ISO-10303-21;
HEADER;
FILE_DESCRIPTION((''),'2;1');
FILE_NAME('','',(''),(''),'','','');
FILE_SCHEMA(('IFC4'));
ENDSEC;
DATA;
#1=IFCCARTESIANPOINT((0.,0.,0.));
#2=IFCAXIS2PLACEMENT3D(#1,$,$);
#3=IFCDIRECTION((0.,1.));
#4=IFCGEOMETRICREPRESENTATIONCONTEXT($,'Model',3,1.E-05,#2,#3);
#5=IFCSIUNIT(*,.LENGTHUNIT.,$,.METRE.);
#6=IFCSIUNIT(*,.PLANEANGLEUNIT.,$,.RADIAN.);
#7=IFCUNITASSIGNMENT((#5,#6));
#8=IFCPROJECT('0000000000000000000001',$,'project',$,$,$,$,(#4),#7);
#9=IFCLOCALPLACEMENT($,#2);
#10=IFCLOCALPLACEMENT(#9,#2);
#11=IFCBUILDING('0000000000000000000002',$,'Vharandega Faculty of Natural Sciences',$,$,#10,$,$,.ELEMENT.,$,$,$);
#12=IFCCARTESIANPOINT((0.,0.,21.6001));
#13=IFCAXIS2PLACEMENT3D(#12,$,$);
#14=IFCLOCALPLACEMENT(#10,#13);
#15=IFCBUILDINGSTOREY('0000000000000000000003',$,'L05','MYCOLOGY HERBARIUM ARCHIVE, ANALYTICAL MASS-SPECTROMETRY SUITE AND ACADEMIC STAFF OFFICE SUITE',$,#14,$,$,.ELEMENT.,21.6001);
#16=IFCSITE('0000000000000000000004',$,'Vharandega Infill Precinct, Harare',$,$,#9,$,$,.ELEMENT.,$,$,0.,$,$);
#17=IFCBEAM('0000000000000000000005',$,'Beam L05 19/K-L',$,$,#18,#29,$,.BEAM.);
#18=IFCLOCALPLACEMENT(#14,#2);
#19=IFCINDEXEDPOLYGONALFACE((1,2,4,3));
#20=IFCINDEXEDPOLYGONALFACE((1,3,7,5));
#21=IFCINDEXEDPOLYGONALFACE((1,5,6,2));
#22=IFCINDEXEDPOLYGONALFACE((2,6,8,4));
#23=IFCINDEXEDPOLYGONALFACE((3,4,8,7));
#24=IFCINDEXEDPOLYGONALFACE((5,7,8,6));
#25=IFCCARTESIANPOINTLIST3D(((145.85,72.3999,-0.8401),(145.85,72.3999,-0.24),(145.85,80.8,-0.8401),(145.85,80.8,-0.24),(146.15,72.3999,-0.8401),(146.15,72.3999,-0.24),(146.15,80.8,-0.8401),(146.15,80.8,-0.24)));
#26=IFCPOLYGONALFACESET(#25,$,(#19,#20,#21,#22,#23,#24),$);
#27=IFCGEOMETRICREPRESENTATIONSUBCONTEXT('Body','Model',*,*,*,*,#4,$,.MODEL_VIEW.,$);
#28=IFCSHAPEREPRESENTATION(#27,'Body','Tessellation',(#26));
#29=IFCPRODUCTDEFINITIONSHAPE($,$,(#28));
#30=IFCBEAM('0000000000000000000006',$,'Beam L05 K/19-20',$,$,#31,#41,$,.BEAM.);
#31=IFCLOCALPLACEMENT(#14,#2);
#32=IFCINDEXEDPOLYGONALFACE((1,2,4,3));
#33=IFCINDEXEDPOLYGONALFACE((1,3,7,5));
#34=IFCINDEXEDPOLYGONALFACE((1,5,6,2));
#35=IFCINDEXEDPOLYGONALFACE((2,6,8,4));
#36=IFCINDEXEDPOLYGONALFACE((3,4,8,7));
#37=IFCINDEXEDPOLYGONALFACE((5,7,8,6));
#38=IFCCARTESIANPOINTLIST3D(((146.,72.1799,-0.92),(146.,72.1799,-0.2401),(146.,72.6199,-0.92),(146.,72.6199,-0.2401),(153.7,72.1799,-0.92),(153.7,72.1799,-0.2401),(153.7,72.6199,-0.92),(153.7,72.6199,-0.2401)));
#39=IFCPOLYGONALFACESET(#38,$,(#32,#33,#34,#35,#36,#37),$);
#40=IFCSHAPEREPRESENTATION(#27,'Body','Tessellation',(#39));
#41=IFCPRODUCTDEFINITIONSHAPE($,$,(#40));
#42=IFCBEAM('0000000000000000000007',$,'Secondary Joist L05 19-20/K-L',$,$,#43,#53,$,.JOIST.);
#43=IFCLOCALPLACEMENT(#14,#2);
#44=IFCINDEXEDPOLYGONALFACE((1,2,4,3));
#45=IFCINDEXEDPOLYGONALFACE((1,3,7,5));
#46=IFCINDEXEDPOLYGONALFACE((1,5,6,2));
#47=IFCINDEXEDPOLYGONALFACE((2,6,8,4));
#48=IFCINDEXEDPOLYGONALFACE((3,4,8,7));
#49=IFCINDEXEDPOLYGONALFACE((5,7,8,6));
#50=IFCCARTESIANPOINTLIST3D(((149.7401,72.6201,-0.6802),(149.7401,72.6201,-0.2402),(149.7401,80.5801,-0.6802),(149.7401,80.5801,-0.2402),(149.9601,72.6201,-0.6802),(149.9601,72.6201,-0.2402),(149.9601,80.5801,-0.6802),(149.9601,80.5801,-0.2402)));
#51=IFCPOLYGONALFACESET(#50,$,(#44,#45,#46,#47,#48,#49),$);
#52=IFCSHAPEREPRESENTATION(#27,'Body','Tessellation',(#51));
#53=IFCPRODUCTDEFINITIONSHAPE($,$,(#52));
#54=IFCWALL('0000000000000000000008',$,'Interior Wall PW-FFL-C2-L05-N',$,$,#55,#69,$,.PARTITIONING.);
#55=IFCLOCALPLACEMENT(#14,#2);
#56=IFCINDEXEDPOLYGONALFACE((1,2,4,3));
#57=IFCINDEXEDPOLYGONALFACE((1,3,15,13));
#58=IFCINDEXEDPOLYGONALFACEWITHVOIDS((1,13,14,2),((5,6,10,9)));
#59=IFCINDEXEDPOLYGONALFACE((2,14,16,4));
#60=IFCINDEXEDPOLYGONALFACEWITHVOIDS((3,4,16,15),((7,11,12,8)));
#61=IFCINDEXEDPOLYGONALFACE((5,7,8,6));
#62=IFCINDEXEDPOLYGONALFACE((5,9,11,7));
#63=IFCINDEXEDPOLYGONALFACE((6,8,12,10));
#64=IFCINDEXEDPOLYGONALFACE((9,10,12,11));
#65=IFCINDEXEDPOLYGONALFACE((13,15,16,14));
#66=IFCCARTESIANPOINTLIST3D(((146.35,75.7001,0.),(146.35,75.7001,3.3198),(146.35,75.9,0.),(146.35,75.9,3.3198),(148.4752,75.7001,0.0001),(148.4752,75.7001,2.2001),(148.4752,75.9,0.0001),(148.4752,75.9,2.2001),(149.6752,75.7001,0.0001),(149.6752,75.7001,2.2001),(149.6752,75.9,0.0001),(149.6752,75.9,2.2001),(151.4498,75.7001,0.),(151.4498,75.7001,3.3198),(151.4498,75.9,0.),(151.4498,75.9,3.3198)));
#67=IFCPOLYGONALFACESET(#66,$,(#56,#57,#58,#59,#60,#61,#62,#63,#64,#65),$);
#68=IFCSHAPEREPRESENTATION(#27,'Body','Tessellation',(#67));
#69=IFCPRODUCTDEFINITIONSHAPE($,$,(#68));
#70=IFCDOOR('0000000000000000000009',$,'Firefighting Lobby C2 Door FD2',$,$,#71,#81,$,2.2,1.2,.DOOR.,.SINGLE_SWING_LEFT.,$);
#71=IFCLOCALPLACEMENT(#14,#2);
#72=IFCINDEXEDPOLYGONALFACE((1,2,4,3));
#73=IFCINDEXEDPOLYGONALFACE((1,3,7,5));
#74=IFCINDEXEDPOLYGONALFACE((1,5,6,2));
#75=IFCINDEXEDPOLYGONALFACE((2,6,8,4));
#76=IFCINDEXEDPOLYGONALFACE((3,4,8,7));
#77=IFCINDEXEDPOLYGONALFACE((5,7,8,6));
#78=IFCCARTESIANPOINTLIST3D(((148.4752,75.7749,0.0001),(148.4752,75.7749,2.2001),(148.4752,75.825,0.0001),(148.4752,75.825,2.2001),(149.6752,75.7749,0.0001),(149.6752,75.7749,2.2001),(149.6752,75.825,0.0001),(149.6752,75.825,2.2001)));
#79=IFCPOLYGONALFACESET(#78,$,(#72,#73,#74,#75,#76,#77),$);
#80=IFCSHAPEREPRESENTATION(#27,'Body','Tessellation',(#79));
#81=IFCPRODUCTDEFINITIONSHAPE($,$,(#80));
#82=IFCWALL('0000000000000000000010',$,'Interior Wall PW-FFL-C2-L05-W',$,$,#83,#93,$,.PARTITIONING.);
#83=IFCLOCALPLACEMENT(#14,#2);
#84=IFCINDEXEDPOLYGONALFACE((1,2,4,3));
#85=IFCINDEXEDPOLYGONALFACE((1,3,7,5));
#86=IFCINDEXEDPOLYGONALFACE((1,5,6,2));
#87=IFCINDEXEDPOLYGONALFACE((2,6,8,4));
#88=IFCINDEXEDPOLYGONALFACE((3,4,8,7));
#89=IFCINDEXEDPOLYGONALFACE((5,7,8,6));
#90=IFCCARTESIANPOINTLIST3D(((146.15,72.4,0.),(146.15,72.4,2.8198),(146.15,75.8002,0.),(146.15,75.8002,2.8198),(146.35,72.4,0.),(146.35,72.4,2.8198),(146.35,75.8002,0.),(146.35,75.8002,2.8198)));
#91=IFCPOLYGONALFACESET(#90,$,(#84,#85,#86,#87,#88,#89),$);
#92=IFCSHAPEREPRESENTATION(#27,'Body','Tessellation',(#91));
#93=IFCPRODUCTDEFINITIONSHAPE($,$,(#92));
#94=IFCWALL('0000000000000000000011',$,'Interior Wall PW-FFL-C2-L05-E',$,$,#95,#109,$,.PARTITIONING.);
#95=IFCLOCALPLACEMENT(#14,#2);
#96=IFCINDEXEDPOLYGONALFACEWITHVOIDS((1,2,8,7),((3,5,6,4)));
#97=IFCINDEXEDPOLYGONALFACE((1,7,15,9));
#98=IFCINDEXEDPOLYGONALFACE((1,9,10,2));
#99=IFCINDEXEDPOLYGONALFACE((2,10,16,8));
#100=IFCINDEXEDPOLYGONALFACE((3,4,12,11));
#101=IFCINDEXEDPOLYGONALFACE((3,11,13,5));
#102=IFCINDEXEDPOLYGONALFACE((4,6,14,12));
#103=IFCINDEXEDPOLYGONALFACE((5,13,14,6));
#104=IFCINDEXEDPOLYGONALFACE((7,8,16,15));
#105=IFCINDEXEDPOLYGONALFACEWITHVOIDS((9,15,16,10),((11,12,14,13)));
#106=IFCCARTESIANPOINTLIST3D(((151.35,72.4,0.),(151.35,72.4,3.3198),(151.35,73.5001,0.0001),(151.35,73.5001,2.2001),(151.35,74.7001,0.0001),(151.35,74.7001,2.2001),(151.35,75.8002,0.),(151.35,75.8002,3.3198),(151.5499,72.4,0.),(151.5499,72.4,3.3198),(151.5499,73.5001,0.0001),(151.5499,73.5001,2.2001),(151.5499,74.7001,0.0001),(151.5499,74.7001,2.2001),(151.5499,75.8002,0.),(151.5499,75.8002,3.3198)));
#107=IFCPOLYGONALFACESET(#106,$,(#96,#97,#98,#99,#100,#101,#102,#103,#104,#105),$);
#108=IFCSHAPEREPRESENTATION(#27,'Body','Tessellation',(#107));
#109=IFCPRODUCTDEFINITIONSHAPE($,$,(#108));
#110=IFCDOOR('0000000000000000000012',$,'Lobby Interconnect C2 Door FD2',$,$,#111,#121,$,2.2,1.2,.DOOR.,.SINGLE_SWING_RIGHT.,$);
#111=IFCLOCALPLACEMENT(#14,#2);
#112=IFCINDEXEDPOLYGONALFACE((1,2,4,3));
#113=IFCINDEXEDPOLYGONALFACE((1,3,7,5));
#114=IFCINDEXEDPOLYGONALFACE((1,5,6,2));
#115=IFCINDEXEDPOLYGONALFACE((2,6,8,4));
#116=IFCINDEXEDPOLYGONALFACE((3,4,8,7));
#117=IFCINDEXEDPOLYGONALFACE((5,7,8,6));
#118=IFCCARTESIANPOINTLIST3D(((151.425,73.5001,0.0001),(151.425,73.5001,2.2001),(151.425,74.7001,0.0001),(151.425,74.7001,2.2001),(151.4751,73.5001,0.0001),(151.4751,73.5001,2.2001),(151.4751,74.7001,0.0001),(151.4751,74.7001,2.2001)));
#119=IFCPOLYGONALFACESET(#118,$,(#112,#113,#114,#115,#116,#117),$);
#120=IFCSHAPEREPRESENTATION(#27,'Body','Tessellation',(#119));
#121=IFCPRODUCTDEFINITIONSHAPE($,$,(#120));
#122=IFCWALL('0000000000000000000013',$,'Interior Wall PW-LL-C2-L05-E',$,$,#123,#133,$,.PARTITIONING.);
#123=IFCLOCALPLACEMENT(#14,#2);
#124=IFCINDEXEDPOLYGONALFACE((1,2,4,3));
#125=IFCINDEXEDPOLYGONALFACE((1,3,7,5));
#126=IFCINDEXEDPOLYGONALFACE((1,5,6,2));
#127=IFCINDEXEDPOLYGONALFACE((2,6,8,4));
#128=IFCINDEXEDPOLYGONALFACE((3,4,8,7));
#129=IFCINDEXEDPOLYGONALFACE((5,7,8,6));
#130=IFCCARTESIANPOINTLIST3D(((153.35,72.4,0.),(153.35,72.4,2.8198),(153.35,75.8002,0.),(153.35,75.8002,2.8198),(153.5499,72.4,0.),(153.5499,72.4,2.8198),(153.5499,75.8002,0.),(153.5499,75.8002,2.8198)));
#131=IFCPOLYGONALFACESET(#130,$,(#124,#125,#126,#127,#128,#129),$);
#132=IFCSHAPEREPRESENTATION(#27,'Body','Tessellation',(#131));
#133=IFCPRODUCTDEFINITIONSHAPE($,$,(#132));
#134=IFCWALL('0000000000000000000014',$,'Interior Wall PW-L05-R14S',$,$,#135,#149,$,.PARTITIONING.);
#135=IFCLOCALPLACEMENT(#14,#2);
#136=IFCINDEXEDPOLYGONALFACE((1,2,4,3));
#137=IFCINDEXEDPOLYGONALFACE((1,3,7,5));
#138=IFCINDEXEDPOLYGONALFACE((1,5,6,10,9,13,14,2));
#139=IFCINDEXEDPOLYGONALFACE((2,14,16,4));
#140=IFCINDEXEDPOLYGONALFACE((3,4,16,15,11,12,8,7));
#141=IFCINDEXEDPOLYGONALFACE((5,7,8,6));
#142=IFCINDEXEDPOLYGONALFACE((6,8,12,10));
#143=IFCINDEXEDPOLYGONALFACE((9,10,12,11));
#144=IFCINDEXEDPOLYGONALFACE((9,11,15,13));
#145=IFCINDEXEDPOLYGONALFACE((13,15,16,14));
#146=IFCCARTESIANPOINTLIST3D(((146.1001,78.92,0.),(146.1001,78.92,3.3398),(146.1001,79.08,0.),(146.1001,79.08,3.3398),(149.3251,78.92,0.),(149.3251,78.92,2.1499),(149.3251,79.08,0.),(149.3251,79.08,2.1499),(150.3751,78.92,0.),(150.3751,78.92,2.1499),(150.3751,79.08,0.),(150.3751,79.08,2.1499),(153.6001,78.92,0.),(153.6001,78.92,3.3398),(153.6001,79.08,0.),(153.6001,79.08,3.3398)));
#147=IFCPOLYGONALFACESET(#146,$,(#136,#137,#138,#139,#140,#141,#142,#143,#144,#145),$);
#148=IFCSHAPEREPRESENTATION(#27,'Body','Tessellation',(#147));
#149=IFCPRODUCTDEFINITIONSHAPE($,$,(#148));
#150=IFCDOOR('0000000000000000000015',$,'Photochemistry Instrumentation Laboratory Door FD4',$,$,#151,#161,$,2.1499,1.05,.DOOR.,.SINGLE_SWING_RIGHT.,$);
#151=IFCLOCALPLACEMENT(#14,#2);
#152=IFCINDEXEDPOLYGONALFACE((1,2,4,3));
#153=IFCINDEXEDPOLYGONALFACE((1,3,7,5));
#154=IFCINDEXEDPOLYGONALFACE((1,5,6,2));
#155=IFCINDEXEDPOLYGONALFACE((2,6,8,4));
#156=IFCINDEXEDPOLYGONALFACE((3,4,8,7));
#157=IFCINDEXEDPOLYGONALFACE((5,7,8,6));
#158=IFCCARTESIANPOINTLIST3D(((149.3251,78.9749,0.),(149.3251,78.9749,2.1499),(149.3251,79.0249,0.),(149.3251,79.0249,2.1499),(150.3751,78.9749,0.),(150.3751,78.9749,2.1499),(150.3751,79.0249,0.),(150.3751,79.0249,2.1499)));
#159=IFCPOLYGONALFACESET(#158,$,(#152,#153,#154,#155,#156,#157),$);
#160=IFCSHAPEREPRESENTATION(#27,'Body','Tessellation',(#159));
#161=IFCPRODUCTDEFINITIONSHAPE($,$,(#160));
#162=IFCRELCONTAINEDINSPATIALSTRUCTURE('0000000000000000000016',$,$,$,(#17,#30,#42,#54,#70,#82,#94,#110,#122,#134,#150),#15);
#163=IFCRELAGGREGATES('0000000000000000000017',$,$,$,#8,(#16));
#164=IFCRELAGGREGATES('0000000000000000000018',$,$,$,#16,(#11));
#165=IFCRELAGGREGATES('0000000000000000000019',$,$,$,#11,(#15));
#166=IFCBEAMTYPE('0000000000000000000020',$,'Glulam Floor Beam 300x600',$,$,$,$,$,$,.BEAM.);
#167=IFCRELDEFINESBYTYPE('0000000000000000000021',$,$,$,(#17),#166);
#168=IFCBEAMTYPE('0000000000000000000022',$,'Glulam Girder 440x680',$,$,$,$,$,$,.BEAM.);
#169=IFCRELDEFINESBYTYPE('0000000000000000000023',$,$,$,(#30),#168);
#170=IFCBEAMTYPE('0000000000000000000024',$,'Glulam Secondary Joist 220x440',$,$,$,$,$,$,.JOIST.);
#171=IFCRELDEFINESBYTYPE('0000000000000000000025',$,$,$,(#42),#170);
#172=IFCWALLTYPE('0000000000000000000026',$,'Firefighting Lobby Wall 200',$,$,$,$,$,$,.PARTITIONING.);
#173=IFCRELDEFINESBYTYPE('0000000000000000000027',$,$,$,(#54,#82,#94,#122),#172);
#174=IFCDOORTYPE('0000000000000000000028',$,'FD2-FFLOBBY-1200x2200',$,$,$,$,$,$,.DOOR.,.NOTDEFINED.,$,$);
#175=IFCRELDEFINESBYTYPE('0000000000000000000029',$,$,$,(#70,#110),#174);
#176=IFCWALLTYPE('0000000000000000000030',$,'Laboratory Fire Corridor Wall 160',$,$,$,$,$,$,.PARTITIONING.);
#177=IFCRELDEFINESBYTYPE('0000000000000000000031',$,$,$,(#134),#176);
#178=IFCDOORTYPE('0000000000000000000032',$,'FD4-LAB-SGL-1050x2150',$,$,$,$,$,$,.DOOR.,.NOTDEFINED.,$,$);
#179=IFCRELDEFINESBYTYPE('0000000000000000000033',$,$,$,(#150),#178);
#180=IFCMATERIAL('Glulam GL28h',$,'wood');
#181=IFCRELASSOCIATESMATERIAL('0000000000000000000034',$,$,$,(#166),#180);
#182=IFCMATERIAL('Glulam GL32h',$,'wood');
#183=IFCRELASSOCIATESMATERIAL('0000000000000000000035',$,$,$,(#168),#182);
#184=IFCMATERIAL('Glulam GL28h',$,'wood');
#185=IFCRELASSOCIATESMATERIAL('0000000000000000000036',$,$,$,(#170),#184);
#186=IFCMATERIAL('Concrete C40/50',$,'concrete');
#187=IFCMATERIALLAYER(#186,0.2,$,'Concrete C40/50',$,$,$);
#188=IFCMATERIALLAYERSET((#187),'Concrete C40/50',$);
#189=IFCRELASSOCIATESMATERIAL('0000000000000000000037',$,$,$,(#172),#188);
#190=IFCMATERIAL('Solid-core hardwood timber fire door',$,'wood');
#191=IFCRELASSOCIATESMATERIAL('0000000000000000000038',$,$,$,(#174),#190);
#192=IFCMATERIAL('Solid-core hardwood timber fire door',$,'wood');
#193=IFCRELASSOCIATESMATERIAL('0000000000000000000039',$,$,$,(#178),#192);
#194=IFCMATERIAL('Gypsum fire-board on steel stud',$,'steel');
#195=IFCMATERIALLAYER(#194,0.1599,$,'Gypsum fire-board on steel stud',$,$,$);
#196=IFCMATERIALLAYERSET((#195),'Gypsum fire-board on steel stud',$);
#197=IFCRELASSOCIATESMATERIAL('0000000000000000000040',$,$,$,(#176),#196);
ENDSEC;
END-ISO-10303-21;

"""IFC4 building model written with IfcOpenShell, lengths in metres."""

from ifc_helpers import new_model, si_unit, direction, frame, frame_2d, origin, origin_2d, place, context, subcontext, project, spatial, rectangle, extrude, material, layer, layer_set, material_profile, profile_set, type_object, element, fill, save


model = new_model("IFC4")

# Units and contexts
model_context = context("Model", 3, precision=1e-05, world=origin(), true_north=direction((0.0, 1.0)))
body_context = subcontext(model_context, "Body", "Model", "MODEL_VIEW")
ifc_project = project(units=[si_unit("LENGTHUNIT", "METRE"), si_unit("PLANEANGLEUNIT", "RADIAN")], contexts=[model_context])

# Site, building, storey
site_placement = place(None, origin())
site = spatial("IfcSite", under=ifc_project, at=site_placement, Name="Vharandega Infill Precinct, Harare", CompositionType="ELEMENT", RefElevation=0.0)
building_placement = place(site_placement, origin())
building = spatial("IfcBuilding", under=site, at=building_placement, Name="Vharandega Faculty of Natural Sciences", CompositionType="ELEMENT")
storey_placement = place(building_placement, frame((0.0, 0.0, 21.6001)))
storey = spatial("IfcBuildingStorey", under=building, at=storey_placement, Name="L05", Description="MYCOLOGY HERBARIUM ARCHIVE, ANALYTICAL MASS-SPECTROMETRY SUITE AND ACADEMIC STAFF OFFICE SUITE", CompositionType="ELEMENT", Elevation=21.6001)

# Beams
ifc_material_1 = material(Name="Glulam GL28h", Category="wood")
ifc_material_profile_1 = material_profile(ifc_material_1, rectangle(XDim=0.3, YDim=0.6001, at=origin_2d()), Name="GL28h 300x600")
ifc_profile_set_1 = profile_set([ifc_material_profile_1], Name="Glulam GL28h")
beam_type_1 = type_object("IfcBeamType", Name="Glulam Floor Beam 300x600", PredefinedType="BEAM", material=ifc_profile_set_1)
beam_1_placement = place(storey_placement, frame((146.0, 72.3999, -0.54), z_axis=(0.0, 1.0, 0.0), x_axis=(-1.0, 0.0, 0.0)))
element("IfcBeam", 1, at=beam_1_placement, inside=storey, type_object=beam_type_1, Name="Beam L05 19/K-L", PredefinedType="BEAM", context=body_context, shape_type="SweptSolid", body=[
    extrude(rectangle(XDim=0.3, YDim=0.6001, at=origin_2d()), origin(), (0.0, 0.0, 1.0), 8.4001),
])
ifc_material_2 = material(Name="Glulam GL32h", Category="wood")
ifc_material_profile_2 = material_profile(ifc_material_2, rectangle(XDim=0.4399, YDim=0.6799, at=origin_2d()), Name="GL32h 440x680")
ifc_profile_set_2 = profile_set([ifc_material_profile_2], Name="Glulam GL32h")
beam_type_2 = type_object("IfcBeamType", Name="Glulam Girder 440x680", PredefinedType="BEAM", material=ifc_profile_set_2)
beam_2_placement = place(storey_placement, frame((146.0, 72.3999, -0.5801), z_axis=(1.0, 0.0, 0.0), x_axis=(0.0, 1.0, 0.0)))
element("IfcBeam", 2, at=beam_2_placement, inside=storey, type_object=beam_type_2, Name="Beam L05 K/19-20", PredefinedType="BEAM", context=body_context, shape_type="SweptSolid", body=[
    extrude(rectangle(XDim=0.4399, YDim=0.6799, at=origin_2d()), origin(), (0.0, 0.0, 1.0), 7.7),
])
ifc_material_3 = material(Name="Glulam GL28h", Category="wood")
ifc_material_profile_3 = material_profile(ifc_material_3, rectangle(XDim=0.22, YDim=0.4399, at=origin_2d()), Name="GL28h 220x440")
ifc_profile_set_3 = profile_set([ifc_material_profile_3], Name="Glulam GL28h")
beam_type_3 = type_object("IfcBeamType", Name="Glulam Secondary Joist 220x440", PredefinedType="JOIST", material=ifc_profile_set_3)
beam_3_placement = place(storey_placement, frame((149.8501, 72.6201, -0.4602), z_axis=(0.0, 1.0, 0.0), x_axis=(-1.0, 0.0, 0.0)))
element("IfcBeam", 3, at=beam_3_placement, inside=storey, type_object=beam_type_3, Name="Secondary Joist L05 19-20/K-L", PredefinedType="JOIST", context=body_context, shape_type="SweptSolid", body=[
    extrude(rectangle(XDim=0.22, YDim=0.4399, at=origin_2d()), origin(), (0.0, 0.0, 1.0), 7.96),
])

# Wall, opening, door
ifc_material_4 = material(Name="Concrete C40/50", Category="concrete")
ifc_layer_1 = layer(ifc_material_4, 0.2, Name="Concrete C40/50")
ifc_layer_set_1 = layer_set([ifc_layer_1], Name="Concrete C40/50")
wall_type_1 = type_object("IfcWallType", Name="Firefighting Lobby Wall 200", PredefinedType="PARTITIONING", material=ifc_layer_set_1)
wall_1_placement = place(storey_placement, frame((146.3501, 75.8, 0.0), z_axis=(0.0, 0.0, 1.0), x_axis=(1.0, 0.0, 0.0)))
wall_1 = element("IfcWall", 4, at=wall_1_placement, inside=storey, type_object=wall_type_1, Name="Interior Wall PW-FFL-C2-L05-N", PredefinedType="PARTITIONING", context=body_context, shape_type="SweptSolid", body=[
    extrude(rectangle(XDim=5.0999, YDim=0.2, at=frame_2d((2.5498, 0.0))), origin(), (0.0, 0.0, 1.0), 3.3198),
])
opening_1_placement = place(wall_1_placement, frame((2.125, 0.0, 0.0)))
opening_1 = element("IfcOpeningElement", 5, at=opening_1_placement, cuts=wall_1, PredefinedType="OPENING", context=body_context, shape_type="SweptSolid", body=[
    extrude(rectangle(XDim=1.2, YDim=2.2, at=frame_2d((0.6001, 1.1001))), frame((0.0, 0.1099, 0.0), z_axis=(0.0, -1.0, 0.0), x_axis=(1.0, 0.0, 0.0)), (0.0, 0.0, 1.0), 0.22),
])
ifc_material_5 = material(Name="Solid-core hardwood timber fire door", Category="wood")
door_type_1 = type_object("IfcDoorType", Name="FD2-FFLOBBY-1200x2200", OperationType="NOTDEFINED", PredefinedType="DOOR", material=ifc_material_5)
door_1_placement = place(opening_1_placement, origin())
door_1 = element("IfcDoor", 6, at=door_1_placement, inside=storey, type_object=door_type_1, Name="Firefighting Lobby C2 Door FD2", OperationType="SINGLE_SWING_LEFT", OverallHeight=2.2, OverallWidth=1.2, PredefinedType="DOOR", context=body_context, shape_type="SweptSolid", body=[
    extrude(rectangle(XDim=1.2, YDim=2.2, at=frame_2d((0.6001, 1.1001))), frame((0.0, 0.0249, 0.0), z_axis=(0.0, -1.0, 0.0), x_axis=(1.0, 0.0, 0.0)), (0.0, 0.0, 1.0), 0.05),
])
fill(opening_1, door_1)

# Wall
wall_2_placement = place(storey_placement, frame((146.25, 72.3999, 0.0), z_axis=(0.0, 0.0, 1.0), x_axis=(0.0, 1.0, 0.0)))
element("IfcWall", 7, at=wall_2_placement, inside=storey, type_object=wall_type_1, Name="Interior Wall PW-FFL-C2-L05-W", PredefinedType="PARTITIONING", context=body_context, shape_type="SweptSolid", body=[
    extrude(rectangle(XDim=3.4001, YDim=0.2, at=frame_2d((1.7002, 0.0))), origin(), (0.0, 0.0, 1.0), 2.8198),
])

# Wall, opening, door
wall_3_placement = place(storey_placement, frame((151.45, 72.3999, 0.0), z_axis=(0.0, 0.0, 1.0), x_axis=(0.0, 1.0, 0.0)))
wall_3 = element("IfcWall", 8, at=wall_3_placement, inside=storey, type_object=wall_type_1, Name="Interior Wall PW-FFL-C2-L05-E", PredefinedType="PARTITIONING", context=body_context, shape_type="SweptSolid", body=[
    extrude(rectangle(XDim=3.4001, YDim=0.2, at=frame_2d((1.7002, 0.0))), origin(), (0.0, 0.0, 1.0), 3.3198),
])
opening_2_placement = place(wall_3_placement, frame((1.1001, 0.0, 0.0)))
opening_2 = element("IfcOpeningElement", 9, at=opening_2_placement, cuts=wall_3, PredefinedType="OPENING", context=body_context, shape_type="SweptSolid", body=[
    extrude(rectangle(XDim=1.2, YDim=2.2, at=frame_2d((0.6001, 1.1001))), frame((0.0, 0.1099, 0.0), z_axis=(0.0, -1.0, 0.0), x_axis=(1.0, 0.0, 0.0)), (0.0, 0.0, 1.0), 0.22),
])
door_2_placement = place(opening_2_placement, origin())
door_2 = element("IfcDoor", 10, at=door_2_placement, inside=storey, type_object=door_type_1, Name="Lobby Interconnect C2 Door FD2", OperationType="SINGLE_SWING_RIGHT", OverallHeight=2.2, OverallWidth=1.2, PredefinedType="DOOR", context=body_context, shape_type="SweptSolid", body=[
    extrude(rectangle(XDim=1.2, YDim=2.2, at=frame_2d((0.6001, 1.1001))), frame((0.0, 0.0249, 0.0), z_axis=(0.0, -1.0, 0.0), x_axis=(1.0, 0.0, 0.0)), (0.0, 0.0, 1.0), 0.05),
])
fill(opening_2, door_2)
ifc_material_6 = material(Name="Solid-core hardwood timber fire door", Category="wood")
door_type_2 = type_object("IfcDoorType", Name="FD4-LAB-SGL-1050x2150", OperationType="NOTDEFINED", PredefinedType="DOOR", material=ifc_material_6)

# Wall
wall_4_placement = place(storey_placement, frame((153.45, 72.3999, 0.0), z_axis=(0.0, 0.0, 1.0), x_axis=(0.0, 1.0, 0.0)))
element("IfcWall", 11, at=wall_4_placement, inside=storey, type_object=wall_type_1, Name="Interior Wall PW-LL-C2-L05-E", PredefinedType="PARTITIONING", context=body_context, shape_type="SweptSolid", body=[
    extrude(rectangle(XDim=3.4001, YDim=0.2, at=frame_2d((1.7002, 0.0))), origin(), (0.0, 0.0, 1.0), 2.8198),
])

# Wall, opening, door
ifc_material_7 = material(Name="Gypsum fire-board on steel stud", Category="steel")
ifc_layer_2 = layer(ifc_material_7, 0.1599, Name="Gypsum fire-board on steel stud")
ifc_layer_set_2 = layer_set([ifc_layer_2], Name="Gypsum fire-board on steel stud")
wall_type_2 = type_object("IfcWallType", Name="Laboratory Fire Corridor Wall 160", PredefinedType="PARTITIONING", material=ifc_layer_set_2)
wall_5_placement = place(storey_placement, frame((146.1001, 79.0, 0.0), z_axis=(0.0, 0.0, 1.0), x_axis=(1.0, 0.0, 0.0)))
wall_5 = element("IfcWall", 12, at=wall_5_placement, inside=storey, type_object=wall_type_2, Name="Interior Wall PW-L05-R14S", PredefinedType="PARTITIONING", context=body_context, shape_type="SweptSolid", body=[
    extrude(rectangle(XDim=7.5, YDim=0.1599, at=frame_2d((3.75, 0.0))), origin(), (0.0, 0.0, 1.0), 3.3398),
])
opening_3_placement = place(wall_5_placement, frame((3.2251, 0.0, 0.0)))
opening_3 = element("IfcOpeningElement", 13, at=opening_3_placement, cuts=wall_5, PredefinedType="OPENING", context=body_context, shape_type="SweptSolid", body=[
    extrude(rectangle(XDim=1.05, YDim=2.1499, at=frame_2d((0.5249, 1.075))), frame((0.0, 0.0898, 0.0), z_axis=(0.0, -1.0, 0.0), x_axis=(1.0, 0.0, 0.0)), (0.0, 0.0, 1.0), 0.1799),
])
door_3_placement = place(opening_3_placement, origin())
door_3 = element("IfcDoor", 14, at=door_3_placement, inside=storey, type_object=door_type_2, Name="Photochemistry Instrumentation Laboratory Door FD4", OperationType="SINGLE_SWING_RIGHT", OverallHeight=2.1499, OverallWidth=1.05, PredefinedType="DOOR", context=body_context, shape_type="SweptSolid", body=[
    extrude(rectangle(XDim=1.05, YDim=2.1499, at=frame_2d((0.5249, 1.075))), frame((0.0, 0.0249, 0.0), z_axis=(0.0, -1.0, 0.0), x_axis=(1.0, 0.0, 0.0)), (0.0, 0.0, 1.0), 0.05),
])
fill(opening_3, door_3)

save(model, "model.ifc")
